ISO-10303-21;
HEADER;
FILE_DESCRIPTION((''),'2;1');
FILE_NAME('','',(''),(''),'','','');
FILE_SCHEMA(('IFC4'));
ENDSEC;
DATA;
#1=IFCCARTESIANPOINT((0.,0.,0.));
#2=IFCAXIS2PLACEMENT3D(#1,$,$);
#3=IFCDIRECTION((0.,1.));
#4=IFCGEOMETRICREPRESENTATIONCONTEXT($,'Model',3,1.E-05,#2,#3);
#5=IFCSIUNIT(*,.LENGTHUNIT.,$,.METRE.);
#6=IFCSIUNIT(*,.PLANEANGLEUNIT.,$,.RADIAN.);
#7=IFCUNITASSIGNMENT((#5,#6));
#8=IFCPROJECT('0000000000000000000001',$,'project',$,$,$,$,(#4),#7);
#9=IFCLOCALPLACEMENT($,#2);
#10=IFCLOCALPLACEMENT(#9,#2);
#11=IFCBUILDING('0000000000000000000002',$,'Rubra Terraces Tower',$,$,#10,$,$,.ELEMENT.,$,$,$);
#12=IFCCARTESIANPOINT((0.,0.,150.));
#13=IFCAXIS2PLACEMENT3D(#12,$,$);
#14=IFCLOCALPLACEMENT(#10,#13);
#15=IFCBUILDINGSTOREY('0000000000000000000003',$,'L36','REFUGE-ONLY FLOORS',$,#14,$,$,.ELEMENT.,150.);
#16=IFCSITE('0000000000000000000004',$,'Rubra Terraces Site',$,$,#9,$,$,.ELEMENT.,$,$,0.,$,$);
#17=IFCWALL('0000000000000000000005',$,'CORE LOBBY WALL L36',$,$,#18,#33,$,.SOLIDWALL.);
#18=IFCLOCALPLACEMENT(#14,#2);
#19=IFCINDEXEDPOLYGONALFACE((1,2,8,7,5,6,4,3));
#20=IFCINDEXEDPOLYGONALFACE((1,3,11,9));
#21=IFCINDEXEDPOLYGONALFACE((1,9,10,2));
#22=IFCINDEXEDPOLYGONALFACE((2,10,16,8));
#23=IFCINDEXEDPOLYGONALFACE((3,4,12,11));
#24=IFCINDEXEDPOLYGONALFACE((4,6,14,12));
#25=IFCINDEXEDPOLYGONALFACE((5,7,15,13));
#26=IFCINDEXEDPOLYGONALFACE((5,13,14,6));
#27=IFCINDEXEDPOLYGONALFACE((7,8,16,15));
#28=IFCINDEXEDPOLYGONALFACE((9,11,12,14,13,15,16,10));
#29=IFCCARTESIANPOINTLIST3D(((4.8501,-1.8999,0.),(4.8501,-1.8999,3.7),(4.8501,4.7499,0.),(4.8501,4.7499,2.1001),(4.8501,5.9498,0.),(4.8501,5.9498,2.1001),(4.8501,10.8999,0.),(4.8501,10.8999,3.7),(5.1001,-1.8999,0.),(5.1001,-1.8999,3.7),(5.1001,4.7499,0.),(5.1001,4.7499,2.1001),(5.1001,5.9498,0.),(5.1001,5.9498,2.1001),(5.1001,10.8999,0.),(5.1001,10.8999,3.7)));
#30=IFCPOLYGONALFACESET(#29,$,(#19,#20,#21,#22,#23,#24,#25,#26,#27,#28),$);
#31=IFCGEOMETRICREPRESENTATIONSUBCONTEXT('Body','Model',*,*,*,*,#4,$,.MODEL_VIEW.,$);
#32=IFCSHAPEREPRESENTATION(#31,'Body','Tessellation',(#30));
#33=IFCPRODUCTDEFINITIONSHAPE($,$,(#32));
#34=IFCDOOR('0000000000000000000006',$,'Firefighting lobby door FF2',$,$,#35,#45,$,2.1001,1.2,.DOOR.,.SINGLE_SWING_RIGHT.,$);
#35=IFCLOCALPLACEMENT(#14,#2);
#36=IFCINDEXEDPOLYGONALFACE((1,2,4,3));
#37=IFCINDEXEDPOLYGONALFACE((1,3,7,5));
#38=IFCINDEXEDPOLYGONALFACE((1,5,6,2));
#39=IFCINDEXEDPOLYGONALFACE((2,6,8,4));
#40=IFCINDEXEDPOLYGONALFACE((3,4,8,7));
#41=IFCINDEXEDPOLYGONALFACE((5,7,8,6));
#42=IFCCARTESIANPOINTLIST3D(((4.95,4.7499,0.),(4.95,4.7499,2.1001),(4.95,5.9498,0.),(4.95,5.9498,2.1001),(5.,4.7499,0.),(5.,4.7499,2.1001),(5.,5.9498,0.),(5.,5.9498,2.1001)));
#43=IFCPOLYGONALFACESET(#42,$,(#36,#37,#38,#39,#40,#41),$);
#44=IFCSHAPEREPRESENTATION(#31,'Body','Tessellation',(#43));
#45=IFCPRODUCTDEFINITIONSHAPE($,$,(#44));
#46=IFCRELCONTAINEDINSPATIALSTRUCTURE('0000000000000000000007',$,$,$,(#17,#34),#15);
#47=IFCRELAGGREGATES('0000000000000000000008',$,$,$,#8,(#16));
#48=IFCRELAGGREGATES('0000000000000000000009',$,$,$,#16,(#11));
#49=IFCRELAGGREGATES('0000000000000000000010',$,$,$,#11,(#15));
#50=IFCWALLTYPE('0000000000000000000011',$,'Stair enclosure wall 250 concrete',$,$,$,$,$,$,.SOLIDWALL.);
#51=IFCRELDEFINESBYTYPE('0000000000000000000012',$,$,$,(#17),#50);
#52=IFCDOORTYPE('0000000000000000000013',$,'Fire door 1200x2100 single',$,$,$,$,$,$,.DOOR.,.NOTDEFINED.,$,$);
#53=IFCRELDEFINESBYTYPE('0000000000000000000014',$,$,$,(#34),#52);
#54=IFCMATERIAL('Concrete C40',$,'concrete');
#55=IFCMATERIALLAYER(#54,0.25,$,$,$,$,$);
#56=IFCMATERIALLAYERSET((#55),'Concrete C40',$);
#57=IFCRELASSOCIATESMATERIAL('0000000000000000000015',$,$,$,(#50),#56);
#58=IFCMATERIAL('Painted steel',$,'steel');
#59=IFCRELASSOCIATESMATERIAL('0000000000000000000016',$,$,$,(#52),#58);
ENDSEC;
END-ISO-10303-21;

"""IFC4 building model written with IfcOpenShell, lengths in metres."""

from ifc_helpers import new_model, si_unit, direction, frame, frame_2d, origin, place, context, subcontext, project, spatial, rectangle, extrude, material, layer, layer_set, type_object, element, fill, save


model = new_model("IFC4")

# Units and contexts
model_context = context("Model", 3, precision=1e-05, world=origin(), true_north=direction((0.0, 1.0)))
body_context = subcontext(model_context, "Body", "Model", "MODEL_VIEW")
ifc_project = project(units=[si_unit("LENGTHUNIT", "METRE"), si_unit("PLANEANGLEUNIT", "RADIAN")], contexts=[model_context])

# Site, building, storey
site_placement = place(None, origin())
site = spatial("IfcSite", under=ifc_project, at=site_placement, Name="Rubra Terraces Site", CompositionType="ELEMENT", RefElevation=0.0)
building_placement = place(site_placement, origin())
building = spatial("IfcBuilding", under=site, at=building_placement, Name="Rubra Terraces Tower", CompositionType="ELEMENT")
storey_placement = place(building_placement, frame((0.0, 0.0, 150.0)))
storey = spatial("IfcBuildingStorey", under=building, at=storey_placement, Name="L36", Description="REFUGE-ONLY FLOORS", CompositionType="ELEMENT", Elevation=150.0)

# Shared definitions
ifc_material_1 = material(Name="Concrete C40", Category="concrete")

# Wall, opening, door
ifc_layer_1 = layer(ifc_material_1, 0.25)
ifc_layer_set_1 = layer_set([ifc_layer_1], Name="Concrete C40")
wall_type_1 = type_object("IfcWallType", Name="Stair enclosure wall 250 concrete", PredefinedType="SOLIDWALL", material=ifc_layer_set_1)
wall_1_placement = place(storey_placement, frame((4.9751, 10.8999, 0.0), z_axis=(0.0, 0.0, 1.0), x_axis=(0.0, -1.0, 0.0)))
wall_1 = element("IfcWall", 1, at=wall_1_placement, inside=storey, type_object=wall_type_1, Name="CORE LOBBY WALL L36", PredefinedType="SOLIDWALL", context=body_context, shape_type="SweptSolid", body=[
    extrude(rectangle(XDim=12.7998, YDim=0.25, at=frame_2d((6.3999, 0.0))), origin(), (0.0, 0.0, 1.0), 3.7),
])
opening_1_placement = place(wall_1_placement, frame((4.95, 0.0, 0.0)))
opening_1 = element("IfcOpeningElement", 2, at=opening_1_placement, cuts=wall_1, PredefinedType="OPENING", context=body_context, shape_type="SweptSolid", body=[
    extrude(rectangle(XDim=1.2, YDim=2.1001, at=frame_2d((0.6001, 1.05))), frame((0.0, 0.135, 0.0), z_axis=(0.0, -1.0, 0.0), x_axis=(1.0, 0.0, 0.0)), (0.0, 0.0, 1.0), 0.27),
])
ifc_material_2 = material(Name="Painted steel", Category="steel")
door_type = type_object("IfcDoorType", Name="Fire door 1200x2100 single", OperationType="NOTDEFINED", PredefinedType="DOOR", material=ifc_material_2)
door_placement = place(opening_1_placement, origin())
door = element("IfcDoor", 3, at=door_placement, inside=storey, type_object=door_type, Name="Firefighting lobby door FF2", OperationType="SINGLE_SWING_RIGHT", OverallHeight=2.1001, OverallWidth=1.2, PredefinedType="DOOR", context=body_context, shape_type="SweptSolid", body=[
    extrude(rectangle(XDim=1.2, YDim=2.1001, at=frame_2d((0.6001, 1.05))), frame((0.0, 0.0249, 0.0), z_axis=(0.0, -1.0, 0.0), x_axis=(1.0, 0.0, 0.0)), (0.0, 0.0, 1.0), 0.05),
])
fill(opening_1, door)

save(model, "model.ifc")
